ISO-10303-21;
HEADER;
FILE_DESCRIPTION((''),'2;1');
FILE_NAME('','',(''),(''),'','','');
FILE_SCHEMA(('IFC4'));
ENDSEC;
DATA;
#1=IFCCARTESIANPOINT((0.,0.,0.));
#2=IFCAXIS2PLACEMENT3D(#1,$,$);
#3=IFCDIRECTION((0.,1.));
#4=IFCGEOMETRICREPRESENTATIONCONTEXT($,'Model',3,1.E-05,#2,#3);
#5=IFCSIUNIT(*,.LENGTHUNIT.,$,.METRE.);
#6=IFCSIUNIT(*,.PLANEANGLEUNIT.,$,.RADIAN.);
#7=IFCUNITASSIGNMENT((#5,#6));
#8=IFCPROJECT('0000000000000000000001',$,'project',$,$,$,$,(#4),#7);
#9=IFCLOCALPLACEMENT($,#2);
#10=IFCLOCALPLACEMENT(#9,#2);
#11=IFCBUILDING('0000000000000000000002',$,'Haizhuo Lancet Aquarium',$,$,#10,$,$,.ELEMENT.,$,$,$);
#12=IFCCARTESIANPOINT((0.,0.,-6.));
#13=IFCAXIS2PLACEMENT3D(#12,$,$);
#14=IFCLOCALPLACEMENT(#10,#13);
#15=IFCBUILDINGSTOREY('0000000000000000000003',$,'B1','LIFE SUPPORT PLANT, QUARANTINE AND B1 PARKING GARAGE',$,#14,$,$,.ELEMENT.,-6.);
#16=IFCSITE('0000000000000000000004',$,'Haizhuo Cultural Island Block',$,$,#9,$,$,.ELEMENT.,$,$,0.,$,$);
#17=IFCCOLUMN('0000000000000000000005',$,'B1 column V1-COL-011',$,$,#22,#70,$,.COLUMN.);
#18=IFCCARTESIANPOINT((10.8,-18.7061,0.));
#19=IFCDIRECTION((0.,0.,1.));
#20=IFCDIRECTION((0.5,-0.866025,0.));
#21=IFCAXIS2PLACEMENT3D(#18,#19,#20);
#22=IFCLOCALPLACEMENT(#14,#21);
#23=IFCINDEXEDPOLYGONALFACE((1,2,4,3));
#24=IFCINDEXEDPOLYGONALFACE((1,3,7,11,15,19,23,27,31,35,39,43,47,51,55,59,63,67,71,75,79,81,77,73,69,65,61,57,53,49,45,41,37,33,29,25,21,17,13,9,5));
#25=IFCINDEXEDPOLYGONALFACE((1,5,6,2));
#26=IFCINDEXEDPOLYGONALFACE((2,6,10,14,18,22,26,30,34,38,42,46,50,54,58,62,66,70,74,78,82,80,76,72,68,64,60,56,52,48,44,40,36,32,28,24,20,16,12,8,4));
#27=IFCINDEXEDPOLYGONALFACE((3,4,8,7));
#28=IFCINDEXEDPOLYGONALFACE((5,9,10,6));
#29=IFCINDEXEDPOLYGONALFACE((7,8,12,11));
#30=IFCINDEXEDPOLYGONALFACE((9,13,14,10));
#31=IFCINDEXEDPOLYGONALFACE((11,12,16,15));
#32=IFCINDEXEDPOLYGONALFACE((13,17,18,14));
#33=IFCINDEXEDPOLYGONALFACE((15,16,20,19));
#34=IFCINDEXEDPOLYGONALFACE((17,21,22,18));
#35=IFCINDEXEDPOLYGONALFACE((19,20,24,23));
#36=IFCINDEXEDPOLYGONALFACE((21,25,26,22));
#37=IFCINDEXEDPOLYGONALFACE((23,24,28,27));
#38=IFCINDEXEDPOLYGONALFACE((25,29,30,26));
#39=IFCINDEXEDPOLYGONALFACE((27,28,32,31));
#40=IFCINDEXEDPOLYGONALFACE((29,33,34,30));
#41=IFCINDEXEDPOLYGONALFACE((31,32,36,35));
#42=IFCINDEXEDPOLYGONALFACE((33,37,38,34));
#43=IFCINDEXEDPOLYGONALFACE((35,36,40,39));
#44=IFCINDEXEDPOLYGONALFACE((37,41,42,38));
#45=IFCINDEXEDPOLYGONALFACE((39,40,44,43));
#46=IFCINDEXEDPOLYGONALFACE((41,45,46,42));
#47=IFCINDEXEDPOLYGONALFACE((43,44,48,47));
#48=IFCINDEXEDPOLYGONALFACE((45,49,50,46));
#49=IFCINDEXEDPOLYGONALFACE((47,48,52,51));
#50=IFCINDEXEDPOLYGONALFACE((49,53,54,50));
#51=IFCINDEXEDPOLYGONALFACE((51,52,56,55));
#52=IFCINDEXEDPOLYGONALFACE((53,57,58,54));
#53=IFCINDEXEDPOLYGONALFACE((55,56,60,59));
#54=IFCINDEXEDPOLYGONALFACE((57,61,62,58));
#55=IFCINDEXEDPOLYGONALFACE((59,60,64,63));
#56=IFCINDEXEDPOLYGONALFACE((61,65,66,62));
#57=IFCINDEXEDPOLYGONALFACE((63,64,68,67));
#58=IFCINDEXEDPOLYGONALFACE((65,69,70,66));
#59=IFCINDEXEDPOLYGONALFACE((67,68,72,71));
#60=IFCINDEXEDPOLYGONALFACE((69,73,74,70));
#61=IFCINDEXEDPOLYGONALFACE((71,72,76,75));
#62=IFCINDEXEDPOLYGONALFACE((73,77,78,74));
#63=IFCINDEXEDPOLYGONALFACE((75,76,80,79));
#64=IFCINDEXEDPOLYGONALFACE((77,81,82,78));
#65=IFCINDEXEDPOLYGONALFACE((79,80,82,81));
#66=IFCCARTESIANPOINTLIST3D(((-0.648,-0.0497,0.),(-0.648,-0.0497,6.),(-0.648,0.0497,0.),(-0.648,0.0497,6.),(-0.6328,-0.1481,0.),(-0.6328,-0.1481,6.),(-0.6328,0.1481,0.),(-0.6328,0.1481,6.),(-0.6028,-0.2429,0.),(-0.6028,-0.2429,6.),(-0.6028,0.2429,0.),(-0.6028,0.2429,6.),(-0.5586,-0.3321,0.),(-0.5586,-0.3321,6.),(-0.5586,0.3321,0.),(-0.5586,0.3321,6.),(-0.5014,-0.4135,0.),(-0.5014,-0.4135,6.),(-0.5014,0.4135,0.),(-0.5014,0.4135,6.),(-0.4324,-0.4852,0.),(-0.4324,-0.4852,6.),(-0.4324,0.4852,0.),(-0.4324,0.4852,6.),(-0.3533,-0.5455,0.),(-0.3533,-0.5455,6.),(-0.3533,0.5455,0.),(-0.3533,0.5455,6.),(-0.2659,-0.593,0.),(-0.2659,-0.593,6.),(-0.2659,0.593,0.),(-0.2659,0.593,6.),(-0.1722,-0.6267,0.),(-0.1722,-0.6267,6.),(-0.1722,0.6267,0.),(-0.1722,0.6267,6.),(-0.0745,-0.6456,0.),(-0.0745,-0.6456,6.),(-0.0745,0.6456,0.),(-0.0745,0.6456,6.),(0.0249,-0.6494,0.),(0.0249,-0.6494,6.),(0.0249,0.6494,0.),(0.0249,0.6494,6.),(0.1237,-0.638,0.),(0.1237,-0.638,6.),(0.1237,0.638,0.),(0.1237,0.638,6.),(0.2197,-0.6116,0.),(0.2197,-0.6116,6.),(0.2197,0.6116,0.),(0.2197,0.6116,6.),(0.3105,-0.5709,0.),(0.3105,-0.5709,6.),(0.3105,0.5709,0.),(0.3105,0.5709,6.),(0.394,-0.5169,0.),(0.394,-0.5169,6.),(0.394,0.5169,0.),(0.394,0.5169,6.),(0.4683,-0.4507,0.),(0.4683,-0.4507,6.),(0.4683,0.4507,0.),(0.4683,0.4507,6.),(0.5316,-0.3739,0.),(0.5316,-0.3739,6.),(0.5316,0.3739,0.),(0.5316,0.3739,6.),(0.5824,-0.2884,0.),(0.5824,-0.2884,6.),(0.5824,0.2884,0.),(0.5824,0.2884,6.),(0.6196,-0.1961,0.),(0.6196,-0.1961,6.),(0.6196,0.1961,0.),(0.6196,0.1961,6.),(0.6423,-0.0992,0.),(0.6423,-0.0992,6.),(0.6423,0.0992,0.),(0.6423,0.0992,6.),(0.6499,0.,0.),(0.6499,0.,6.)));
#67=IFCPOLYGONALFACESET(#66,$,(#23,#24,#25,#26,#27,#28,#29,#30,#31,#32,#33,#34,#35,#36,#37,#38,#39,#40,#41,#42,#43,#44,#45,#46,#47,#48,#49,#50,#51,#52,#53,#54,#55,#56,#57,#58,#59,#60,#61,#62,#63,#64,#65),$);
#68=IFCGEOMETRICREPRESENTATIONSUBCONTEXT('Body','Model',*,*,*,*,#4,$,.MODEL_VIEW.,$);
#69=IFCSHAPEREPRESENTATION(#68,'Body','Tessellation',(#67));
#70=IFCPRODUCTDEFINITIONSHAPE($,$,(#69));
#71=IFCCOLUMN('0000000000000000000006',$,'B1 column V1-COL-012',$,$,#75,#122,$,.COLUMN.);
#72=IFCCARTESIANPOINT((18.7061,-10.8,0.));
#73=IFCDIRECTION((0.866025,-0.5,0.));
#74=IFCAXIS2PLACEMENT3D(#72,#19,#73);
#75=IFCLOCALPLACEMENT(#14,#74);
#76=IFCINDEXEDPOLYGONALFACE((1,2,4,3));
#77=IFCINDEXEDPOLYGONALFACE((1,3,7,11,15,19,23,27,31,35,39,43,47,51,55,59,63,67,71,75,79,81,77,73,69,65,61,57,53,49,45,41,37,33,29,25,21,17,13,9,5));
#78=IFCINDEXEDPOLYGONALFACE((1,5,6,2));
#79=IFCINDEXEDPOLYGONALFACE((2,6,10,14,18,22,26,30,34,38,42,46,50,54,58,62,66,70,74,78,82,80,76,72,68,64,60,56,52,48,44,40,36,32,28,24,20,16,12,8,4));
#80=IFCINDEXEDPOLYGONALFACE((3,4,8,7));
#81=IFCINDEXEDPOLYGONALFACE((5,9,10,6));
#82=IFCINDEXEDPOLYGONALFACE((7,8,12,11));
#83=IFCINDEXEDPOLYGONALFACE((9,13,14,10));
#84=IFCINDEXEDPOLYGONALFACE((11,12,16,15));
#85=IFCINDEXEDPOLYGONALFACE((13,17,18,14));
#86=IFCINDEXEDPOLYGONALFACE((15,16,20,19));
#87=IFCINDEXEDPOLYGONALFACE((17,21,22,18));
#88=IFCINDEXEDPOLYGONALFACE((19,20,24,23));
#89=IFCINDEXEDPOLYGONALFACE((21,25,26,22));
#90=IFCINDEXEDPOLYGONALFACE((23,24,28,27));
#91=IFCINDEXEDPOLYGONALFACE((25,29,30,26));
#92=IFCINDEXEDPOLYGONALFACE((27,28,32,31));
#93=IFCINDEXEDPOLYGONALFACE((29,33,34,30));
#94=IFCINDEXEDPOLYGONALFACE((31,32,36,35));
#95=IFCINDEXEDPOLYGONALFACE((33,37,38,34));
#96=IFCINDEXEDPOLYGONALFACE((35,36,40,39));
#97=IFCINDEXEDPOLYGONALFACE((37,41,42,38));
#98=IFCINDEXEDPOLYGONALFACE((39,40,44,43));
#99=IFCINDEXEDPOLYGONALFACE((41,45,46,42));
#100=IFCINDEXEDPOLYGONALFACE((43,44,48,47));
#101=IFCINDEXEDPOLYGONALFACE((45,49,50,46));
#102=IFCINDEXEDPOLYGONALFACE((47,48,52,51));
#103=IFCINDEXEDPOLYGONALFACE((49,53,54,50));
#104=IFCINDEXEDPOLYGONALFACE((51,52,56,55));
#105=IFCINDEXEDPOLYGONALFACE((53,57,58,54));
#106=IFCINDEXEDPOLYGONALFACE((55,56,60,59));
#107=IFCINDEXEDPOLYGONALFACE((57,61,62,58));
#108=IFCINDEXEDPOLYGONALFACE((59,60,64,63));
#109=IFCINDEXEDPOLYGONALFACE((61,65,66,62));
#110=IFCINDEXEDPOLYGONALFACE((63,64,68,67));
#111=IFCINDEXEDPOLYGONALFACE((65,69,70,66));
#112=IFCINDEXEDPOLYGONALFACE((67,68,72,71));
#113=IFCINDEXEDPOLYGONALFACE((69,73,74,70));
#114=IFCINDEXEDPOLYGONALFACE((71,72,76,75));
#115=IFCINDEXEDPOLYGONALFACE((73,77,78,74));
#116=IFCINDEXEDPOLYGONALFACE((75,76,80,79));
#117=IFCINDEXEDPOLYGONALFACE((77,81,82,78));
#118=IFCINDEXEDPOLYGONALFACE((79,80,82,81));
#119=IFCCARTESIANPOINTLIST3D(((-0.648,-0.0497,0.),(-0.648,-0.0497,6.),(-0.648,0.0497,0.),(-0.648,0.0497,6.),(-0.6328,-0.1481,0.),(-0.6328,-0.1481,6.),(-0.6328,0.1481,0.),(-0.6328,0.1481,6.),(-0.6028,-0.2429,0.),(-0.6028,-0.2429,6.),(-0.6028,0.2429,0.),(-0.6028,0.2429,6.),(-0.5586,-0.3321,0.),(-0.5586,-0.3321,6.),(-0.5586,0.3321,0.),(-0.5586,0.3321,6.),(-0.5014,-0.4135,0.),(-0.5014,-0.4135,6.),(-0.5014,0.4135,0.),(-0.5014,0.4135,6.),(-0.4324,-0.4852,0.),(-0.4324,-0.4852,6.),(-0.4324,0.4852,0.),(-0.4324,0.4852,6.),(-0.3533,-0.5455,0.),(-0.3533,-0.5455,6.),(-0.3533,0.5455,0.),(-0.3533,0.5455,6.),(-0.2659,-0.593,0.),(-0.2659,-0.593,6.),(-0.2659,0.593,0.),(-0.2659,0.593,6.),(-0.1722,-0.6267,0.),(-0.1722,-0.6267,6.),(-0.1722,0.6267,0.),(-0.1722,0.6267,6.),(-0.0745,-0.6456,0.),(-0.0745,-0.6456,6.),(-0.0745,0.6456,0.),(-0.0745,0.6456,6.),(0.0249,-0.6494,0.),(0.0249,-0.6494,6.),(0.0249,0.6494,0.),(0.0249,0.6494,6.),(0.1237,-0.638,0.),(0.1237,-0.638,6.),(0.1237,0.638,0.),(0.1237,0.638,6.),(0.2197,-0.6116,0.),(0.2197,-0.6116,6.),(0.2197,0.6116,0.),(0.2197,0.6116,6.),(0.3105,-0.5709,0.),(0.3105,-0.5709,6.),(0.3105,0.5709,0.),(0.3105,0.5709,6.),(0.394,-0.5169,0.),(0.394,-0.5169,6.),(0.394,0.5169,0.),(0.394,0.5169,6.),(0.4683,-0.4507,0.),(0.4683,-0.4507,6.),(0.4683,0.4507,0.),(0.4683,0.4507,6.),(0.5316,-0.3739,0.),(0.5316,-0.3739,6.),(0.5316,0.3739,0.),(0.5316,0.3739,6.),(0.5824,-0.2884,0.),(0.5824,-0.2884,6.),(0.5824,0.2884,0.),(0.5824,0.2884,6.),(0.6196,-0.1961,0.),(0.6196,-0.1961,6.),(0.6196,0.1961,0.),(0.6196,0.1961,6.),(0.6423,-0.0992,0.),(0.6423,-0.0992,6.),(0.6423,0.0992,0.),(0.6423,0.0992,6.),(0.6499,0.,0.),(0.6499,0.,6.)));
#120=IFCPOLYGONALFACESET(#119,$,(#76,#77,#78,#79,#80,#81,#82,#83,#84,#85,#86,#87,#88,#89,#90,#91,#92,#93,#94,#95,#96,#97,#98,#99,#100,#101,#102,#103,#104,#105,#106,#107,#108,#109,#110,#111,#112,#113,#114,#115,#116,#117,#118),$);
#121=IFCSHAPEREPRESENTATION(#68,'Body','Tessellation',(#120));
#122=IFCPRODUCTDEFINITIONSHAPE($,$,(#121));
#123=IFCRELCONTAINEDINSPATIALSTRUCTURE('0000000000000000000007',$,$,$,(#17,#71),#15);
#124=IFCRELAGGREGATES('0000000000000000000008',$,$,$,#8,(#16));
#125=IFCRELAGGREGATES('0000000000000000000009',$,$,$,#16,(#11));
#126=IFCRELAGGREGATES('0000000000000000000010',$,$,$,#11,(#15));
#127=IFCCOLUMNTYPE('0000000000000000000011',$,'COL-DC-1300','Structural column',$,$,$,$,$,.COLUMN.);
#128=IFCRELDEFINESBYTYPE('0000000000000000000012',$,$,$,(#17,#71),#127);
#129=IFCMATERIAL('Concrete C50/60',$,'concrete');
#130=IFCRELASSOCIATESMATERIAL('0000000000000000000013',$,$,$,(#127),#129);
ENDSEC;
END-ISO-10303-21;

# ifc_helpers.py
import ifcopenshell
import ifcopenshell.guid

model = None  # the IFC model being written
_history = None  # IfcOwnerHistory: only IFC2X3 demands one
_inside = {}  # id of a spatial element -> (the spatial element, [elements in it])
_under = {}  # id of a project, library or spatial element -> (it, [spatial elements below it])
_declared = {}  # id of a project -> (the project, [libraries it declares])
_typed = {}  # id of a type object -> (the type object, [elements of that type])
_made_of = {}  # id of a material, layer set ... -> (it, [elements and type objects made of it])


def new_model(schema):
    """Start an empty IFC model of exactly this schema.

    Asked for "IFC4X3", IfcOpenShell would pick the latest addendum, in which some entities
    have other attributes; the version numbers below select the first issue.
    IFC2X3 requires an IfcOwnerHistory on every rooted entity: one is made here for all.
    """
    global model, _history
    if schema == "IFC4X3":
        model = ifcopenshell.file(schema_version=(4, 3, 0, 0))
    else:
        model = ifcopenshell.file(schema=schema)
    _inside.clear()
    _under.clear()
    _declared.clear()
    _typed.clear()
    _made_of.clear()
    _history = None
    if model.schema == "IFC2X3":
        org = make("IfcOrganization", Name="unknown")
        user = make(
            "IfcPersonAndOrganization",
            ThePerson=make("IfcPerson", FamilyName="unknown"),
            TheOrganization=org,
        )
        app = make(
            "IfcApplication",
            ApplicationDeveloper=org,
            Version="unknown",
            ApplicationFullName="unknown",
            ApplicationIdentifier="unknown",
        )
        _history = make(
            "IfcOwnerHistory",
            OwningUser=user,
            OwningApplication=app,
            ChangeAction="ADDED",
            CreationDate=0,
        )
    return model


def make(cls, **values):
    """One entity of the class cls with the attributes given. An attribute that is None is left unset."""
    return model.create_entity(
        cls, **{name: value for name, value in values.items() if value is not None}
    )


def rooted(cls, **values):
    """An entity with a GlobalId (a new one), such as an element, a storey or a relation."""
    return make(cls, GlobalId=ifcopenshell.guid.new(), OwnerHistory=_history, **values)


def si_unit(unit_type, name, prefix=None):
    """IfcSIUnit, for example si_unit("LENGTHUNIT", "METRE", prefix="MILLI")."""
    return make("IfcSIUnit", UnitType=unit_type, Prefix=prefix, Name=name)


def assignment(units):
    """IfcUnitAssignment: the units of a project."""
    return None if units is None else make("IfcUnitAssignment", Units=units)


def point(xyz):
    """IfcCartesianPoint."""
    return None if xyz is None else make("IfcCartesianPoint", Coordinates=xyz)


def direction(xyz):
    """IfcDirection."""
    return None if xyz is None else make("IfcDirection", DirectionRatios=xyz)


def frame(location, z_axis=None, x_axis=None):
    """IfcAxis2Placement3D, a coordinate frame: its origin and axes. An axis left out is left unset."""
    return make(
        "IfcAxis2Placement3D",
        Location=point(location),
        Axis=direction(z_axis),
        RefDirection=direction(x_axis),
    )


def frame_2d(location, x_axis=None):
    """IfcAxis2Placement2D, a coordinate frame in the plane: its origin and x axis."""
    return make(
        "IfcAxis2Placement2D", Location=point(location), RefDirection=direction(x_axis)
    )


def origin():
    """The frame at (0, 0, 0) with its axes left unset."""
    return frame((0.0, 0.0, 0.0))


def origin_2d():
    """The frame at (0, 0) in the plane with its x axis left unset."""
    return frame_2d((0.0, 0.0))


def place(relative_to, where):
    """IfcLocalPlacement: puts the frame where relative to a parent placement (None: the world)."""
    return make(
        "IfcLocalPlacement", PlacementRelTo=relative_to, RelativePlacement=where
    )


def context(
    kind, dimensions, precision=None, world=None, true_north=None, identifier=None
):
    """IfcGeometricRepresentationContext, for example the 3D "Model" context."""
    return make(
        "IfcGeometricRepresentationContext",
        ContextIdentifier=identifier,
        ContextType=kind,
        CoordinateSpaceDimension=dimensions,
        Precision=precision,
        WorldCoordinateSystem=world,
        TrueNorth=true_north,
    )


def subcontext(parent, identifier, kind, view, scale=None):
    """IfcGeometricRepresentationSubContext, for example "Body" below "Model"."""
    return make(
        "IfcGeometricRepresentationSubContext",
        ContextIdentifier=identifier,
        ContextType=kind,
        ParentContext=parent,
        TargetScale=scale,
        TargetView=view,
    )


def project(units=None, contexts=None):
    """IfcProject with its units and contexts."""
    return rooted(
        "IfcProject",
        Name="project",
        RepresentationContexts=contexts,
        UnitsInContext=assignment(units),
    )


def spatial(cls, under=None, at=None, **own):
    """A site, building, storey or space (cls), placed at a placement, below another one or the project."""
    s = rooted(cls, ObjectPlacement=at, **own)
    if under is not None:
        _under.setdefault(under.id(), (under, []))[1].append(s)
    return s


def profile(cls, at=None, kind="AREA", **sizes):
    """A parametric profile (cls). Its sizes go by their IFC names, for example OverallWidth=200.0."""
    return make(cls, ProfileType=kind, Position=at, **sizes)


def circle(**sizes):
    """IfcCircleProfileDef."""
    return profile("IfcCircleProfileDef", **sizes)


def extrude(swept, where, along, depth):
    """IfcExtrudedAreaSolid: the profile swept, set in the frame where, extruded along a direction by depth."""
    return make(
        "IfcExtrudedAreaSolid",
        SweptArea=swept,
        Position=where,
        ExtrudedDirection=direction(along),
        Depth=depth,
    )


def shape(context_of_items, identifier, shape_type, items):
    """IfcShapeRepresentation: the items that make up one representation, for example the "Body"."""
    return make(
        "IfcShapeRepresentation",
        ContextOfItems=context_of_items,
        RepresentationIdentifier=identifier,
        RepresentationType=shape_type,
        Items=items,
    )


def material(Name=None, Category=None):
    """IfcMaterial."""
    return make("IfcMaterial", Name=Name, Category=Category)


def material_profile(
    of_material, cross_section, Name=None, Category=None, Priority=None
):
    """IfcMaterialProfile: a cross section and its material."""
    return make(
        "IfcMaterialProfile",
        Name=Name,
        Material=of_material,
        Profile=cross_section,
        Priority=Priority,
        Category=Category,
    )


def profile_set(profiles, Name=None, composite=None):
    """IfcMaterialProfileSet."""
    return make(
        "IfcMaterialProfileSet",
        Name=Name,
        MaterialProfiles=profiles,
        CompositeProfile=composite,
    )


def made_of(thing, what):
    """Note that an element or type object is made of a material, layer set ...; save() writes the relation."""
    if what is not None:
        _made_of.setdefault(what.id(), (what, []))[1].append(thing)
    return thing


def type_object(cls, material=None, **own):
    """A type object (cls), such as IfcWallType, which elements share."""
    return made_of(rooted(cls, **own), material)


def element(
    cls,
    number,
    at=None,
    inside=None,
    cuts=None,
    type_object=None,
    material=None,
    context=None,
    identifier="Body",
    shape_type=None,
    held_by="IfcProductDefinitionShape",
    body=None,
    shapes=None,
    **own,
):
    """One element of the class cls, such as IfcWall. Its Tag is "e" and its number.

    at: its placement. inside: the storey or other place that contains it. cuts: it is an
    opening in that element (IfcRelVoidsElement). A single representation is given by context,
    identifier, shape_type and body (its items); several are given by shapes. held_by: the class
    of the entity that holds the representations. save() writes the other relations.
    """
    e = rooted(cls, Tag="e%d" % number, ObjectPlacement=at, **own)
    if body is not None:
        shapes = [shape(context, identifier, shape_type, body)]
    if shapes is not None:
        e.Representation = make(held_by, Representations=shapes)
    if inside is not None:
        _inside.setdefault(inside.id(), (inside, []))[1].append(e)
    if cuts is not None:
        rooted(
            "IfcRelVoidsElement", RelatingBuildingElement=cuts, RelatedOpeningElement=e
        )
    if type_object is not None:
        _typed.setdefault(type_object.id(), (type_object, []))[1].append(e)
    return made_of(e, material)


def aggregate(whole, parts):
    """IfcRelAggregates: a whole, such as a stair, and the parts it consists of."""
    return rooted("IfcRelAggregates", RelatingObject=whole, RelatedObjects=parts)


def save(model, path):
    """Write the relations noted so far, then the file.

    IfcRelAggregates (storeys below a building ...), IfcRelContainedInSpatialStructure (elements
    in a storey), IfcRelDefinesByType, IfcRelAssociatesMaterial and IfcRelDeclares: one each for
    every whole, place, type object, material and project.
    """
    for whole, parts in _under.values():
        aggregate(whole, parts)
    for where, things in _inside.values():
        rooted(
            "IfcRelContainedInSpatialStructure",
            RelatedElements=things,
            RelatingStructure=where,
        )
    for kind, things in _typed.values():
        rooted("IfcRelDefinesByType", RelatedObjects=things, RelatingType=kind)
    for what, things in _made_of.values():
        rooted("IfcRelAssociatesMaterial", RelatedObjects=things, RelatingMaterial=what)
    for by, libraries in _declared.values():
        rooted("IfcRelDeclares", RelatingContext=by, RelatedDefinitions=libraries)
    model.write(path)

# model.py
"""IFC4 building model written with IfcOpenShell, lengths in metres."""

from ifc_helpers import new_model, si_unit, direction, frame, origin, origin_2d, place, context, subcontext, project, spatial, circle, extrude, material, material_profile, profile_set, type_object, element, save


model = new_model("IFC4")

# Units and contexts
model_context = context("Model", 3, precision=1e-05, world=origin(), true_north=direction((0.0, 1.0)))
body_context = subcontext(model_context, "Body", "Model", "MODEL_VIEW")
ifc_project = project(units=[si_unit("LENGTHUNIT", "METRE"), si_unit("PLANEANGLEUNIT", "RADIAN")], contexts=[model_context])

# Site, building, storey
site_placement = place(None, origin())
site = spatial("IfcSite", under=ifc_project, at=site_placement, Name="Haizhuo Cultural Island Block", CompositionType="ELEMENT", RefElevation=0.0)
building_placement = place(site_placement, origin())
building = spatial("IfcBuilding", under=site, at=building_placement, Name="Haizhuo Lancet Aquarium", CompositionType="ELEMENT")
storey_placement = place(building_placement, frame((0.0, 0.0, -6.0)))
storey = spatial("IfcBuildingStorey", under=building, at=storey_placement, Name="B1", Description="LIFE SUPPORT PLANT, QUARANTINE AND B1 PARKING GARAGE", CompositionType="ELEMENT", Elevation=-6.0)

# Columns
ifc_material_1 = material(Name="Concrete C50/60", Category="concrete")
ifc_material_profile_1 = material_profile(ifc_material_1, circle(Radius=0.6499, at=origin_2d()), Name="RC-DC 1300")
ifc_profile_set_1 = profile_set([ifc_material_profile_1], Name="Concrete C50/60")
column_type_1 = type_object("IfcColumnType", Name="COL-DC-1300", Description="Structural column", PredefinedType="COLUMN", material=ifc_profile_set_1)
for number, where, z_axis, x_axis, name in (
    (1, (10.8, -18.7061, 0.0), (0.0, 0.0, 1.0), (0.5, -0.866025, 0.0), "B1 column V1-COL-011"),
    (2, (18.7061, -10.8, 0.0), (0.0, 0.0, 1.0), (0.866025, -0.5, 0.0), "B1 column V1-COL-012"),
):
    element("IfcColumn", number, at=place(storey_placement, frame(where, z_axis=z_axis, x_axis=x_axis)), inside=storey, type_object=column_type_1, Name=name, PredefinedType="COLUMN", context=body_context, shape_type="SweptSolid", body=[
        extrude(circle(Radius=0.6499, at=origin_2d()), origin(), (0.0, 0.0, 1.0), 6.0),
    ])

save(model, "model.ifc")
